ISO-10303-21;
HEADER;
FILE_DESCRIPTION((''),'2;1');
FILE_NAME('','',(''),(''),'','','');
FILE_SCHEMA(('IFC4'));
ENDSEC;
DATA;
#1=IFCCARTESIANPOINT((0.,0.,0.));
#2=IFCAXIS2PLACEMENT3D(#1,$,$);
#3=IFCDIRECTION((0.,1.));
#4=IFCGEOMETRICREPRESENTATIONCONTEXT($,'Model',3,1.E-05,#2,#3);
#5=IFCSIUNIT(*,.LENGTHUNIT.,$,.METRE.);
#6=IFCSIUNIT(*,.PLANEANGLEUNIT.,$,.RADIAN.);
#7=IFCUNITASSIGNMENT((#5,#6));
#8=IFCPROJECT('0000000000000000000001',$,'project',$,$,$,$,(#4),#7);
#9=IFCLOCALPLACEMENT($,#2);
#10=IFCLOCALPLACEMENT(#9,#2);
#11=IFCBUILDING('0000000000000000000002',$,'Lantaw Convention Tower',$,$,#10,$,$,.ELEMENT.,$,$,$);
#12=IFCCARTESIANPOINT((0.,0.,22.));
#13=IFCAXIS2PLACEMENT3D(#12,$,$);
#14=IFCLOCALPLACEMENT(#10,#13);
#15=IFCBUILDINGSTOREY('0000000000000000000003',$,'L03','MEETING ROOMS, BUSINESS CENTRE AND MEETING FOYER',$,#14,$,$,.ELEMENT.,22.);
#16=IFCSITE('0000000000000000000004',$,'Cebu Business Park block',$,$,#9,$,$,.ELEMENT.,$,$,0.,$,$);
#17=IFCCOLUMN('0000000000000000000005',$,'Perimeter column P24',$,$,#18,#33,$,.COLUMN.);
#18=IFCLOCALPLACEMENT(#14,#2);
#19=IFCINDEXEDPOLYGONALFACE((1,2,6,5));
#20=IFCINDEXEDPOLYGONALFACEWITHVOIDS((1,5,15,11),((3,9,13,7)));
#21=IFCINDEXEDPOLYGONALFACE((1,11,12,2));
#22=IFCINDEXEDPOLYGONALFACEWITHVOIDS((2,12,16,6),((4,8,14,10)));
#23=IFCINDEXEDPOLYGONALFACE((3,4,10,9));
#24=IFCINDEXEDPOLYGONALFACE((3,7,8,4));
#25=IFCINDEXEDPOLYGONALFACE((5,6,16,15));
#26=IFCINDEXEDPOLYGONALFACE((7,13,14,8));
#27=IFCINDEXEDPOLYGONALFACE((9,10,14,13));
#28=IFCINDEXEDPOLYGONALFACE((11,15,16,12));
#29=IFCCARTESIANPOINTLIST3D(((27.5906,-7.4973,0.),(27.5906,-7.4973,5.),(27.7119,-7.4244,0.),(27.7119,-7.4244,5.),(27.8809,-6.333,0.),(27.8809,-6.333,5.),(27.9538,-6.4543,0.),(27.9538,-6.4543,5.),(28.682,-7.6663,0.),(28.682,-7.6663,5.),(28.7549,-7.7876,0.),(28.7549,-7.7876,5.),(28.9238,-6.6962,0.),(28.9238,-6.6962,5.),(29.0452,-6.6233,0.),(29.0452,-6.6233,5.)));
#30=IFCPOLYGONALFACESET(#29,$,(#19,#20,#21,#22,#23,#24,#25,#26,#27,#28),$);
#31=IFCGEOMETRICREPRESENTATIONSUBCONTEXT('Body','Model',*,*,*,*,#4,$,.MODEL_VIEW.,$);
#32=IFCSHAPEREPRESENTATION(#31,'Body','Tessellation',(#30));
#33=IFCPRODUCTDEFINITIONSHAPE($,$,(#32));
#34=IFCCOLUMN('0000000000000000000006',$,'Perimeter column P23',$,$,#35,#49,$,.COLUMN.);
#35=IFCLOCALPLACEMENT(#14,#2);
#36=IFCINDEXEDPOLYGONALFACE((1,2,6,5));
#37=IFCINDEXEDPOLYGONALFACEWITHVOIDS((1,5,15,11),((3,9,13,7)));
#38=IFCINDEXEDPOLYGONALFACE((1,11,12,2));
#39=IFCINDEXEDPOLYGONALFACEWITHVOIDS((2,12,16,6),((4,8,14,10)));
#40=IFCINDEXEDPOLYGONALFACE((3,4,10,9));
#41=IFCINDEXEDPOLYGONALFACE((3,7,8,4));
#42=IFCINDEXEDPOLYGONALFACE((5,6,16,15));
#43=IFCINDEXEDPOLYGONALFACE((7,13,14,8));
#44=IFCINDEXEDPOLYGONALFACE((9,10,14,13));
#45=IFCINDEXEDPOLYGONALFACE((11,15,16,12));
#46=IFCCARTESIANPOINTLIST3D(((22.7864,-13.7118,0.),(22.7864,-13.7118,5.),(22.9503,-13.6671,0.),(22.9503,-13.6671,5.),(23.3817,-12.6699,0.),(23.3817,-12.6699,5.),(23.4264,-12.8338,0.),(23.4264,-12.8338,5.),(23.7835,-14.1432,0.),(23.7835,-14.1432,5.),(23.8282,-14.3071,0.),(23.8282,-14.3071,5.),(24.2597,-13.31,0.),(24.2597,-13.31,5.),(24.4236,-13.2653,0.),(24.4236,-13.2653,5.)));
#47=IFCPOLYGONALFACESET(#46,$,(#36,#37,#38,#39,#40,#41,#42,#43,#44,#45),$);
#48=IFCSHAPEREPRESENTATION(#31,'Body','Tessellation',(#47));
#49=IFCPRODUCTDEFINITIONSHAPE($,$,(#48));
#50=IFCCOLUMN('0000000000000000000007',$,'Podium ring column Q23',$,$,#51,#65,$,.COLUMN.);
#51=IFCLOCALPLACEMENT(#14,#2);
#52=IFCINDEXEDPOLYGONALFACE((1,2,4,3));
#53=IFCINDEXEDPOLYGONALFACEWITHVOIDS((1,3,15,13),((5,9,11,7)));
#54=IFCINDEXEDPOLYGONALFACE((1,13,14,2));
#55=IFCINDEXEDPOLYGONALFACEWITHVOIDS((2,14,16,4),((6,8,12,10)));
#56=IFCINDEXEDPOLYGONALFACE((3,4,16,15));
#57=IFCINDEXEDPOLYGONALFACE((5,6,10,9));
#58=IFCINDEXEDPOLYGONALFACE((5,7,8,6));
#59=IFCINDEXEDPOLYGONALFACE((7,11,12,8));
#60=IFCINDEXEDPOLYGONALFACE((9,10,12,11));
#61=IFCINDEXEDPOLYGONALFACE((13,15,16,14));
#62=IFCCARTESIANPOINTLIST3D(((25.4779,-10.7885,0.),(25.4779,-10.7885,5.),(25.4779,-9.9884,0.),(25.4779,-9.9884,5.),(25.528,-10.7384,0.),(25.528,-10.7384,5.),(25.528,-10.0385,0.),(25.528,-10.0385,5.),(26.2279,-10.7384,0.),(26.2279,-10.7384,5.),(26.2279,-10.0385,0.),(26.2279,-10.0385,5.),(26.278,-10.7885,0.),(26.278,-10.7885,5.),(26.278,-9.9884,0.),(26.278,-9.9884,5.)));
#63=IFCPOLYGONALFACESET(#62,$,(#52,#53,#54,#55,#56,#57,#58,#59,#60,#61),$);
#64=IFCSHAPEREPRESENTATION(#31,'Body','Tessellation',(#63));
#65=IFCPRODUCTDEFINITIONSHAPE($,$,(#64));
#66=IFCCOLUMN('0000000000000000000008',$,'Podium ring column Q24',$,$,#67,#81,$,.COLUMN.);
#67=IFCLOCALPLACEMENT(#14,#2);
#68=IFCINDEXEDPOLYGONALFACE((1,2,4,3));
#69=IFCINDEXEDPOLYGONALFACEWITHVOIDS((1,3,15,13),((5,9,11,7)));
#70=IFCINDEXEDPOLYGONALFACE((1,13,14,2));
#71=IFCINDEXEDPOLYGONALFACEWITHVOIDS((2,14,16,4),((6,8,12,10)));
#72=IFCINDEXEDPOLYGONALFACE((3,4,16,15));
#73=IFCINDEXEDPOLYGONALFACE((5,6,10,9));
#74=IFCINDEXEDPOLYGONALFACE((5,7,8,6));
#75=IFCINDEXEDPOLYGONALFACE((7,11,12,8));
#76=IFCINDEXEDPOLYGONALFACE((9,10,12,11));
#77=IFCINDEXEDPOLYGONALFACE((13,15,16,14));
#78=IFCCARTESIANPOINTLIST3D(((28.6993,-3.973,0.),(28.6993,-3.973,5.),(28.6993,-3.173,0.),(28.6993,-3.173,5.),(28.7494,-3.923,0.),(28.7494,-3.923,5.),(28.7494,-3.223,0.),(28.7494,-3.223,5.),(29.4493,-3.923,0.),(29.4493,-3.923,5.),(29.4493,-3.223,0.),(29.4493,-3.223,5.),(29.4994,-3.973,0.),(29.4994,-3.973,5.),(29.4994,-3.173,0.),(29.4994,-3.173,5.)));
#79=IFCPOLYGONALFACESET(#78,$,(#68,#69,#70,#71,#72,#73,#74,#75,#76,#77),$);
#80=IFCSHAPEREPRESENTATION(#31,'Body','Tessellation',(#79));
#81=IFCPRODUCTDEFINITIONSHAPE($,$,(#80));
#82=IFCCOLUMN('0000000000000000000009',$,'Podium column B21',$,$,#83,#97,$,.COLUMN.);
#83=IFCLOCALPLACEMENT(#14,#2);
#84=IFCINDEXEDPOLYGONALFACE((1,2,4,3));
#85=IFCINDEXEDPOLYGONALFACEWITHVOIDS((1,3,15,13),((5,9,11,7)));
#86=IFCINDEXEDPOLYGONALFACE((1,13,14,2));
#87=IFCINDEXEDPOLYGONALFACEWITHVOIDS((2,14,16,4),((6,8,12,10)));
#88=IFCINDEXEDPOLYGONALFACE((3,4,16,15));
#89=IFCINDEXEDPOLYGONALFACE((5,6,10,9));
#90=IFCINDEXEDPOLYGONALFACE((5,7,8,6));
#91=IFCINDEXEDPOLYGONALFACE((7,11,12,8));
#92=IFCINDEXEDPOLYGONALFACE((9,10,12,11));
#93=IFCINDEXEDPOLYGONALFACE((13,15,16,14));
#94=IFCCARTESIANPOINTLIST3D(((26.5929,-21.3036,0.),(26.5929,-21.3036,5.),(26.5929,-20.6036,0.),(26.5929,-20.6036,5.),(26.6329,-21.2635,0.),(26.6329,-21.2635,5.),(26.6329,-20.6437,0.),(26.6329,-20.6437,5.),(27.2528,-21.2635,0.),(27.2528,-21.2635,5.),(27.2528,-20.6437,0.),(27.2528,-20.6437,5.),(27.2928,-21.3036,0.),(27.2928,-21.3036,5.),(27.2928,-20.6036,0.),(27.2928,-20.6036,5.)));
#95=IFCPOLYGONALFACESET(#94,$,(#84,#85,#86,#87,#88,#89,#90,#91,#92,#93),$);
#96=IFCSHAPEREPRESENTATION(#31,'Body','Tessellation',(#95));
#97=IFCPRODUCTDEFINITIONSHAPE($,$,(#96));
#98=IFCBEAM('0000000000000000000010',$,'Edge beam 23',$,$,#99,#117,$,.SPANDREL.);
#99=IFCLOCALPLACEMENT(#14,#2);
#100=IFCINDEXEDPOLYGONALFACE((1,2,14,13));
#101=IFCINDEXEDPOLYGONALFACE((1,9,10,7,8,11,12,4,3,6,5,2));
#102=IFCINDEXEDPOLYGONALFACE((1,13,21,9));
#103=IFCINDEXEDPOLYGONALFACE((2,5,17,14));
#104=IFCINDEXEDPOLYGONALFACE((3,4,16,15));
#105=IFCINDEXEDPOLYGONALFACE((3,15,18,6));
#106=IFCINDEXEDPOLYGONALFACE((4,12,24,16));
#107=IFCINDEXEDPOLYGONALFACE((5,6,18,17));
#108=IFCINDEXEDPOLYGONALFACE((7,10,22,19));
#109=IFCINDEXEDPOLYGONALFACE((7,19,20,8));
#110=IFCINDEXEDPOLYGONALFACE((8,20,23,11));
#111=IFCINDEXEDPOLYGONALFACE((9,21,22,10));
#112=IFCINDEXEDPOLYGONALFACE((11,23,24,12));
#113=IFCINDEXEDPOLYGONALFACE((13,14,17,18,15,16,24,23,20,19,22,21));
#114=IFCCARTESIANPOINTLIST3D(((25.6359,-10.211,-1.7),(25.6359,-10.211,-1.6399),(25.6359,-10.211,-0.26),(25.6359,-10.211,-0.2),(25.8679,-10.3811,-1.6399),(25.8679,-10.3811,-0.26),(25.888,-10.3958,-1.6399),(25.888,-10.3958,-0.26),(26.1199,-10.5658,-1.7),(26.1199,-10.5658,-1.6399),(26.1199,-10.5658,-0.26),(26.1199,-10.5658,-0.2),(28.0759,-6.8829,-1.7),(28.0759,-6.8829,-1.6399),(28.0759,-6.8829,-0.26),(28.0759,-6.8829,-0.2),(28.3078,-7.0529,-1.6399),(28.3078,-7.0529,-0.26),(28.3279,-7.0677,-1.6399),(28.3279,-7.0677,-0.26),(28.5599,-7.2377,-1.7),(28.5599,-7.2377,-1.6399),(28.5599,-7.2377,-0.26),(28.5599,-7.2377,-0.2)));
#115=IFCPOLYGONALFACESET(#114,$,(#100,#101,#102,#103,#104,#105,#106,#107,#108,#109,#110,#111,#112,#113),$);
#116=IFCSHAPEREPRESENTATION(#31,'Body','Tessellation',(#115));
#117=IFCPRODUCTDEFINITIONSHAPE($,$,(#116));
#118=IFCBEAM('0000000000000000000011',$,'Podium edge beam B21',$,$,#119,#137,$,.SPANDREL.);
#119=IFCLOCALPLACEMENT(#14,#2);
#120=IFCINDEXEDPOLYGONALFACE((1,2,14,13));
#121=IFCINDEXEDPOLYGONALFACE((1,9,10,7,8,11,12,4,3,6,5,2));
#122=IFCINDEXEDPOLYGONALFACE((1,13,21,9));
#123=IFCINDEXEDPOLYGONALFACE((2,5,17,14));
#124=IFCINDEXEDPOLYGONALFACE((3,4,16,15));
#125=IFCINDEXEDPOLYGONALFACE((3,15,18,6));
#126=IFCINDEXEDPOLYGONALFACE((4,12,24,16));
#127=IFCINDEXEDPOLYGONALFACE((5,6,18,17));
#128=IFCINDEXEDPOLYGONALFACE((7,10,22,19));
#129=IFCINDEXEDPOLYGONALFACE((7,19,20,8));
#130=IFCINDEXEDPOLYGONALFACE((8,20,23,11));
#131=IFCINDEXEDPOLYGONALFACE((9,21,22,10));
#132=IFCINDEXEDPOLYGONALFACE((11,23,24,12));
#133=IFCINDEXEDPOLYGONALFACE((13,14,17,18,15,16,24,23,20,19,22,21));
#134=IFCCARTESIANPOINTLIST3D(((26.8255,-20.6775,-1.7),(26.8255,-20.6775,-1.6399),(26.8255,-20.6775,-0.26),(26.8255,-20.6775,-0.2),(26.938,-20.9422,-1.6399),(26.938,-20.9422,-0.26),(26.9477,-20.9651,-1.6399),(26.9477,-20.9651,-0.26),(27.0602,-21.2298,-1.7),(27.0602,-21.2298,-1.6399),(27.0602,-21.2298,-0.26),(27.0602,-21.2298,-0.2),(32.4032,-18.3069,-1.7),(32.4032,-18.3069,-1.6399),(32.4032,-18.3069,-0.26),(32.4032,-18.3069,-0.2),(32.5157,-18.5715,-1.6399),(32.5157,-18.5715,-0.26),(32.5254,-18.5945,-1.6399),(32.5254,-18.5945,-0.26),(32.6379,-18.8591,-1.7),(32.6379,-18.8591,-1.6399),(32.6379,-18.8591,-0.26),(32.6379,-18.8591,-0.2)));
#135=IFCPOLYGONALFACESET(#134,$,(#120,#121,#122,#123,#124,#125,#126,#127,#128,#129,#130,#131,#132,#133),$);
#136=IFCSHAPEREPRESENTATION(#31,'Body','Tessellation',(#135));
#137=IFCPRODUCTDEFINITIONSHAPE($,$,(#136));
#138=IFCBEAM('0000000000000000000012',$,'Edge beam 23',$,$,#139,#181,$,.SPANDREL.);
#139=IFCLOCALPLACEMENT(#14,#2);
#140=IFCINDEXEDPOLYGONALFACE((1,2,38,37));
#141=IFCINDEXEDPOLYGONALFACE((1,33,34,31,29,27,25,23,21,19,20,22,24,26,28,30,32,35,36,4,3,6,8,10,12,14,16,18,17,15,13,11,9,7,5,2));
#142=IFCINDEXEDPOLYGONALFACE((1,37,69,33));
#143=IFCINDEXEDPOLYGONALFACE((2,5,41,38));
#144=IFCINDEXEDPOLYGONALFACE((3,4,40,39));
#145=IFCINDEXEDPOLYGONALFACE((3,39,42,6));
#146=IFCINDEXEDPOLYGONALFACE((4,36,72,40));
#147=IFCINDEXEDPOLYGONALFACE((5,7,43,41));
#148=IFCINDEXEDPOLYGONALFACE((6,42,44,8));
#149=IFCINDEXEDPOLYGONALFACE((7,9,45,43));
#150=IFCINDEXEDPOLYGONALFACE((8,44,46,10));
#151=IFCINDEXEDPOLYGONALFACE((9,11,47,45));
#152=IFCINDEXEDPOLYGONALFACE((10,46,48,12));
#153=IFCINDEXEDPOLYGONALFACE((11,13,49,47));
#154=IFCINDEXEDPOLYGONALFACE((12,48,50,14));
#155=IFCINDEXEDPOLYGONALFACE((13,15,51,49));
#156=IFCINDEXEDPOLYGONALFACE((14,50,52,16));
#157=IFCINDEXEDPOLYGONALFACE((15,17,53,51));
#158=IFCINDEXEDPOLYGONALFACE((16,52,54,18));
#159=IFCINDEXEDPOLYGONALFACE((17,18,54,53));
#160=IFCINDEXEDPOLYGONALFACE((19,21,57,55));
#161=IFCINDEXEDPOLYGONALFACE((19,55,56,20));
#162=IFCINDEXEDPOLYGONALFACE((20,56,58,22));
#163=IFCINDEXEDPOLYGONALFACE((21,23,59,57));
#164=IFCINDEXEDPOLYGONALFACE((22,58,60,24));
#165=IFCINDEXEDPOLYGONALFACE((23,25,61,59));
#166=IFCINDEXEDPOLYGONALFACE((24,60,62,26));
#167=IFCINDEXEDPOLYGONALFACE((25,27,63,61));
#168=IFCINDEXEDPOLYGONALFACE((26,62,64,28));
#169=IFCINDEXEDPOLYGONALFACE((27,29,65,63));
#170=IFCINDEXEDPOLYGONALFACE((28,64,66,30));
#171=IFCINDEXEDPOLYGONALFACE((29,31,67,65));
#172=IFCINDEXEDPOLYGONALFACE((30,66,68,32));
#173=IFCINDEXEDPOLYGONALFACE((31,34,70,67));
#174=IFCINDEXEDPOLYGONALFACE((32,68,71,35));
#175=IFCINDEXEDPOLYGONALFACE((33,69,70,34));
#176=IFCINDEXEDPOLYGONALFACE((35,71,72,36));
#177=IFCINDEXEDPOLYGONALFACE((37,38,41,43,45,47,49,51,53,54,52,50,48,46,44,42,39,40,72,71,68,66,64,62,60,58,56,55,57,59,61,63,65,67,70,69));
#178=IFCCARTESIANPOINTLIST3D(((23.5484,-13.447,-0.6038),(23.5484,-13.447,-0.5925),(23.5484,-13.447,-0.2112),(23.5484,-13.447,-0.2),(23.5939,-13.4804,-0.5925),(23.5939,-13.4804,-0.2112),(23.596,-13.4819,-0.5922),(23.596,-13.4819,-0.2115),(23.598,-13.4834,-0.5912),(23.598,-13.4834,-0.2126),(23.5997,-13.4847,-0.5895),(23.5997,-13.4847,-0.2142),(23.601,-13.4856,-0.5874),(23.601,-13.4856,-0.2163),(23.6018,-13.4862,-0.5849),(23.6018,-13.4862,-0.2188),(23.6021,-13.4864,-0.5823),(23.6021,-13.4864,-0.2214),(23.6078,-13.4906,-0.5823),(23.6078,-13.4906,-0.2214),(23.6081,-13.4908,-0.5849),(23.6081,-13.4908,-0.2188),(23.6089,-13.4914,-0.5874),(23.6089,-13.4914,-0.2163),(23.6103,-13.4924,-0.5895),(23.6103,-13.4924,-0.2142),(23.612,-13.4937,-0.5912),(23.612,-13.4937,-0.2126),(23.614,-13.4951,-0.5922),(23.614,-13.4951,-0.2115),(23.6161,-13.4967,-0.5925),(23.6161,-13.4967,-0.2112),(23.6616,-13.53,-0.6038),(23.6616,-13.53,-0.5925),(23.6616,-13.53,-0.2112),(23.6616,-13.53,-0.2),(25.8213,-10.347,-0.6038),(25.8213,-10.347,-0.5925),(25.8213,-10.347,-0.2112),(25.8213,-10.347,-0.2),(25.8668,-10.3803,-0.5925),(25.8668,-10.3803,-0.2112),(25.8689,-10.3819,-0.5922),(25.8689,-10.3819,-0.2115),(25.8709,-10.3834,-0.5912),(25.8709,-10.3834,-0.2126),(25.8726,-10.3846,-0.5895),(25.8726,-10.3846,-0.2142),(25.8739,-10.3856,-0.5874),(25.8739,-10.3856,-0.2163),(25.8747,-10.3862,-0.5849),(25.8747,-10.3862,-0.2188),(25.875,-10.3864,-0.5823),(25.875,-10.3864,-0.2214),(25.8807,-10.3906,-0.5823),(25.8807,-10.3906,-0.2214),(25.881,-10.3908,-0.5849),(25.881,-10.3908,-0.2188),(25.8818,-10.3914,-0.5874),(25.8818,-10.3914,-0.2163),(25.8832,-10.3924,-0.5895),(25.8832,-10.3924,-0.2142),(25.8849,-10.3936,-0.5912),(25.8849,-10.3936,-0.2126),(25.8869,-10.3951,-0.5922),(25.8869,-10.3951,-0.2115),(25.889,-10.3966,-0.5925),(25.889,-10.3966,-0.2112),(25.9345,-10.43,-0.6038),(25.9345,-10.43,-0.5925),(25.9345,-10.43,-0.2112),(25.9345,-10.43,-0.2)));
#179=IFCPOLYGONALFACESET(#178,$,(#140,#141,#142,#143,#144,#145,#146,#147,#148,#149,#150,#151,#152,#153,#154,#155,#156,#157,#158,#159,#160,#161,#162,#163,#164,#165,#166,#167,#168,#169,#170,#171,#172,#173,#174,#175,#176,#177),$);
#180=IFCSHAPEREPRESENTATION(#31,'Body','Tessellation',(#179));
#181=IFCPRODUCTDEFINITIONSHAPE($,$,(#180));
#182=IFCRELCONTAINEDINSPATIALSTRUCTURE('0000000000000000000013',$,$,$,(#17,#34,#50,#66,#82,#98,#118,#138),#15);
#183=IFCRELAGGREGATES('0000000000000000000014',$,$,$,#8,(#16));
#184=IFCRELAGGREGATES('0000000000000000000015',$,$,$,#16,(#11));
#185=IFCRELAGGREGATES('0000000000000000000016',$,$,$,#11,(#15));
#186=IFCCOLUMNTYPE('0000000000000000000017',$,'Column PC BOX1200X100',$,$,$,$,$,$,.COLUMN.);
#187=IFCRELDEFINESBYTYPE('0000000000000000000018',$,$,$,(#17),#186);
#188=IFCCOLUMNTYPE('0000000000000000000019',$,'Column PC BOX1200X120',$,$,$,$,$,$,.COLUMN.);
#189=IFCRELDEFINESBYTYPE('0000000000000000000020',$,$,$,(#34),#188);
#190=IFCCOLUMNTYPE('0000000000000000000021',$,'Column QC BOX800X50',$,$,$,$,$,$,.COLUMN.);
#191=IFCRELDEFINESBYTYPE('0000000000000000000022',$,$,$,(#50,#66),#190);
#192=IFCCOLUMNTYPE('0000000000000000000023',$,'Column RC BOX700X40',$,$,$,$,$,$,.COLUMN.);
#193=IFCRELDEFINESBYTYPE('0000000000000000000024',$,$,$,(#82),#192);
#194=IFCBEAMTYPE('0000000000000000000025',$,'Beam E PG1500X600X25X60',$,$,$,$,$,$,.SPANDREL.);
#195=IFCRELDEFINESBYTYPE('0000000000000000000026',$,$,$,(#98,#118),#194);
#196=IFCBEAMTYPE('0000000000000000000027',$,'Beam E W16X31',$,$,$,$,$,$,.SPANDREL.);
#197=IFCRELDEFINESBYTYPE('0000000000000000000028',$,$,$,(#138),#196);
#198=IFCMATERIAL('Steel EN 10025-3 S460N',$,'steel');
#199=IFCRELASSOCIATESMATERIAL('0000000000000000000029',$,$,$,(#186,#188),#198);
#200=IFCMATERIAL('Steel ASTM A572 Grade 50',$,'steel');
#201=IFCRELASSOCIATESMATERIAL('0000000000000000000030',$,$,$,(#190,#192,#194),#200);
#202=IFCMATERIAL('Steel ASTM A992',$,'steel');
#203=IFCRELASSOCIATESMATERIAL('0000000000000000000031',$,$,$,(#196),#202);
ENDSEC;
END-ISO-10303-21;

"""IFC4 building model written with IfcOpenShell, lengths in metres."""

from ifc_helpers import new_model, si_unit, direction, frame, origin, origin_2d, place, context, subcontext, project, spatial, rectangle, hollow_rectangle, i_section, extrude, material, material_profile, profile_set, type_object, element, save


model = new_model("IFC4")

# Units and contexts
model_context = context("Model", 3, precision=1e-05, world=origin(), true_north=direction((0.0, 1.0)))
body_context = subcontext(model_context, "Body", "Model", "MODEL_VIEW")
ifc_project = project(units=[si_unit("LENGTHUNIT", "METRE"), si_unit("PLANEANGLEUNIT", "RADIAN")], contexts=[model_context])

# Site, building, storey
site_placement = place(None, origin())
site = spatial("IfcSite", under=ifc_project, at=site_placement, Name="Cebu Business Park block", CompositionType="ELEMENT", RefElevation=0.0)
building_placement = place(site_placement, origin())
building = spatial("IfcBuilding", under=site, at=building_placement, Name="Lantaw Convention Tower", CompositionType="ELEMENT")
storey_placement = place(building_placement, frame((0.0, 0.0, 22.0)))
storey = spatial("IfcBuildingStorey", under=building, at=storey_placement, Name="L03", Description="MEETING ROOMS, BUSINESS CENTRE AND MEETING FOYER", CompositionType="ELEMENT", Elevation=22.0)

# Columns
ifc_material_1 = material(Name="Steel EN 10025-3 S460N", Category="steel")
ifc_material_profile_1 = material_profile(ifc_material_1, hollow_rectangle(XDim=1.2, YDim=1.2, WallThickness=0.1001, at=origin_2d()), Name="BOX1200X100")
ifc_material_2 = material(Name="Concrete C60/75", Category="concrete")
ifc_material_profile_2 = material_profile(ifc_material_2, rectangle(XDim=1.0, YDim=1.0, at=origin_2d()), Name="Concrete fill of BOX1200X100")
ifc_profile_set_1 = profile_set([ifc_material_profile_1, ifc_material_profile_2], Name="Steel EN 10025-3 S460N")
column_type_1 = type_object("IfcColumnType", Name="Column PC BOX1200X100", PredefinedType="COLUMN", material=ifc_profile_set_1)
column_1_placement = place(storey_placement, frame((28.3179, -7.0603, 0.0), z_axis=(0.0, 0.0, 1.0), x_axis=(0.241922, 0.970296, 0.0)))
element("IfcColumn", 1, at=column_1_placement, inside=storey, type_object=column_type_1, Name="Perimeter column P24", PredefinedType="COLUMN", context=body_context, shape_type="SweptSolid", body=[
    extrude(hollow_rectangle(XDim=1.2, YDim=1.2, WallThickness=0.1001, at=origin_2d()), origin(), (0.0, 0.0, 1.0), 5.0),
])
ifc_material_profile_3 = material_profile(ifc_material_1, hollow_rectangle(XDim=1.2, YDim=1.2, WallThickness=0.1201, at=origin_2d()), Name="BOX1200X120")
ifc_material_profile_4 = material_profile(ifc_material_2, rectangle(XDim=0.96, YDim=0.96, at=origin_2d()), Name="Concrete fill of BOX1200X120")
ifc_profile_set_2 = profile_set([ifc_material_profile_3, ifc_material_profile_4], Name="Steel EN 10025-3 S460N")
column_type_2 = type_object("IfcColumnType", Name="Column PC BOX1200X120", PredefinedType="COLUMN", material=ifc_profile_set_2)
column_2_placement = place(storey_placement, frame((23.605, -13.4885, 0.0), z_axis=(0.0, 0.0, 1.0), x_axis=(0.496139, 0.868243, 0.0)))
element("IfcColumn", 2, at=column_2_placement, inside=storey, type_object=column_type_2, Name="Perimeter column P23", PredefinedType="COLUMN", context=body_context, shape_type="SweptSolid", body=[
    extrude(hollow_rectangle(XDim=1.2, YDim=1.2, WallThickness=0.1201, at=origin_2d()), origin(), (0.0, 0.0, 1.0), 5.0),
])
ifc_material_3 = material(Name="Steel ASTM A572 Grade 50", Category="steel")
ifc_material_profile_5 = material_profile(ifc_material_3, hollow_rectangle(XDim=0.8, YDim=0.8, WallThickness=0.05, at=origin_2d()), Name="BOX800X50")
ifc_profile_set_3 = profile_set([ifc_material_profile_5], Name="Steel ASTM A572 Grade 50")
column_type_3 = type_object("IfcColumnType", Name="Column QC BOX800X50", PredefinedType="COLUMN", material=ifc_profile_set_3)
for number, where, z_axis, x_axis, name in (
    (3, (25.8779, -10.3884, 0.0), (0.0, 0.0, 1.0), (1.0, 0.0, 0.0), "Podium ring column Q23"),
    (4, (29.0994, -3.573, 0.0), (0.0, 0.0, 1.0), (1.0, 0.0, 0.0), "Podium ring column Q24"),
):
    element("IfcColumn", number, at=place(storey_placement, frame(where, z_axis=z_axis, x_axis=x_axis)), inside=storey, type_object=column_type_3, Name=name, PredefinedType="COLUMN", context=body_context, shape_type="SweptSolid", body=[
        extrude(hollow_rectangle(XDim=0.8, YDim=0.8, WallThickness=0.05, at=origin_2d()), origin(), (0.0, 0.0, 1.0), 5.0),
    ])
ifc_material_profile_6 = material_profile(ifc_material_3, hollow_rectangle(XDim=0.7, YDim=0.7, WallThickness=0.04, at=origin_2d()), Name="BOX700X40")
ifc_profile_set_4 = profile_set([ifc_material_profile_6], Name="Steel ASTM A572 Grade 50")
column_type_4 = type_object("IfcColumnType", Name="Column RC BOX700X40", PredefinedType="COLUMN", material=ifc_profile_set_4)
column_3_placement = place(storey_placement, frame((26.9429, -20.9536, 0.0), z_axis=(0.0, 0.0, 1.0), x_axis=(1.0, 0.0, 0.0)))
element("IfcColumn", 5, at=column_3_placement, inside=storey, type_object=column_type_4, Name="Podium column B21", PredefinedType="COLUMN", context=body_context, shape_type="SweptSolid", body=[
    extrude(hollow_rectangle(XDim=0.7, YDim=0.7, WallThickness=0.04, at=origin_2d()), origin(), (0.0, 0.0, 1.0), 5.0),
])

# Beams
ifc_material_profile_7 = material_profile(ifc_material_3, i_section(OverallWidth=0.6001, OverallDepth=1.5, WebThickness=0.0249, FlangeThickness=0.0601, at=origin_2d()), Name="PG1500X600X25X60")
ifc_profile_set_5 = profile_set([ifc_material_profile_7], Name="Steel ASTM A572 Grade 50")
beam_type_1 = type_object("IfcBeamType", Name="Beam E PG1500X600X25X60", PredefinedType="SPANDREL", material=ifc_profile_set_5)
beam_1_placement = place(storey_placement, frame((25.8779, -10.3884, -0.95), z_axis=(0.591256, 0.806484, 0.0), x_axis=(-0.806484, 0.591256, 0.0)))
element("IfcBeam", 6, at=beam_1_placement, inside=storey, type_object=beam_type_1, Name="Edge beam 23", PredefinedType="SPANDREL", context=body_context, shape_type="SweptSolid", body=[
    extrude(i_section(OverallWidth=0.6001, OverallDepth=1.5, WebThickness=0.0249, FlangeThickness=0.0601, at=origin_2d()), origin(), (0.0, 0.0, 1.0), 4.1267),
])
beam_2_placement = place(storey_placement, frame((26.9429, -20.9536, -0.95), z_axis=(0.920324, 0.391156, 0.0), x_axis=(-0.391156, 0.920324, 0.0)))
element("IfcBeam", 7, at=beam_2_placement, inside=storey, type_object=beam_type_1, Name="Podium edge beam B21", PredefinedType="SPANDREL", context=body_context, shape_type="SweptSolid", body=[
    extrude(i_section(OverallWidth=0.6001, OverallDepth=1.5, WebThickness=0.0249, FlangeThickness=0.0601, at=origin_2d()), origin(), (0.0, 0.0, 1.0), 6.0605),
])
ifc_material_4 = material(Name="Steel ASTM A992", Category="steel")
ifc_material_profile_8 = material_profile(ifc_material_4, i_section(OverallWidth=0.1404, OverallDepth=0.4038, WebThickness=0.0071, FlangeThickness=0.0112, FilletRadius=0.0103, at=origin_2d()), Name="W16X31")
ifc_profile_set_6 = profile_set([ifc_material_profile_8], Name="Steel ASTM A992")
beam_type_2 = type_object("IfcBeamType", Name="Beam E W16X31", PredefinedType="SPANDREL", material=ifc_profile_set_6)
beam_3_placement = place(storey_placement, frame((23.605, -13.4885, -0.4019), z_axis=(0.591287, 0.806462, 0.0), x_axis=(-0.806462, 0.591287, 0.0)))
element("IfcBeam", 8, at=beam_3_placement, inside=storey, type_object=beam_type_2, Name="Edge beam 23", PredefinedType="SPANDREL", context=body_context, shape_type="SweptSolid", body=[
    extrude(i_section(OverallWidth=0.1404, OverallDepth=0.4038, WebThickness=0.0071, FlangeThickness=0.0112, FilletRadius=0.0103, at=origin_2d()), origin(), (0.0, 0.0, 1.0), 3.844),
])

save(model, "model.ifc")
